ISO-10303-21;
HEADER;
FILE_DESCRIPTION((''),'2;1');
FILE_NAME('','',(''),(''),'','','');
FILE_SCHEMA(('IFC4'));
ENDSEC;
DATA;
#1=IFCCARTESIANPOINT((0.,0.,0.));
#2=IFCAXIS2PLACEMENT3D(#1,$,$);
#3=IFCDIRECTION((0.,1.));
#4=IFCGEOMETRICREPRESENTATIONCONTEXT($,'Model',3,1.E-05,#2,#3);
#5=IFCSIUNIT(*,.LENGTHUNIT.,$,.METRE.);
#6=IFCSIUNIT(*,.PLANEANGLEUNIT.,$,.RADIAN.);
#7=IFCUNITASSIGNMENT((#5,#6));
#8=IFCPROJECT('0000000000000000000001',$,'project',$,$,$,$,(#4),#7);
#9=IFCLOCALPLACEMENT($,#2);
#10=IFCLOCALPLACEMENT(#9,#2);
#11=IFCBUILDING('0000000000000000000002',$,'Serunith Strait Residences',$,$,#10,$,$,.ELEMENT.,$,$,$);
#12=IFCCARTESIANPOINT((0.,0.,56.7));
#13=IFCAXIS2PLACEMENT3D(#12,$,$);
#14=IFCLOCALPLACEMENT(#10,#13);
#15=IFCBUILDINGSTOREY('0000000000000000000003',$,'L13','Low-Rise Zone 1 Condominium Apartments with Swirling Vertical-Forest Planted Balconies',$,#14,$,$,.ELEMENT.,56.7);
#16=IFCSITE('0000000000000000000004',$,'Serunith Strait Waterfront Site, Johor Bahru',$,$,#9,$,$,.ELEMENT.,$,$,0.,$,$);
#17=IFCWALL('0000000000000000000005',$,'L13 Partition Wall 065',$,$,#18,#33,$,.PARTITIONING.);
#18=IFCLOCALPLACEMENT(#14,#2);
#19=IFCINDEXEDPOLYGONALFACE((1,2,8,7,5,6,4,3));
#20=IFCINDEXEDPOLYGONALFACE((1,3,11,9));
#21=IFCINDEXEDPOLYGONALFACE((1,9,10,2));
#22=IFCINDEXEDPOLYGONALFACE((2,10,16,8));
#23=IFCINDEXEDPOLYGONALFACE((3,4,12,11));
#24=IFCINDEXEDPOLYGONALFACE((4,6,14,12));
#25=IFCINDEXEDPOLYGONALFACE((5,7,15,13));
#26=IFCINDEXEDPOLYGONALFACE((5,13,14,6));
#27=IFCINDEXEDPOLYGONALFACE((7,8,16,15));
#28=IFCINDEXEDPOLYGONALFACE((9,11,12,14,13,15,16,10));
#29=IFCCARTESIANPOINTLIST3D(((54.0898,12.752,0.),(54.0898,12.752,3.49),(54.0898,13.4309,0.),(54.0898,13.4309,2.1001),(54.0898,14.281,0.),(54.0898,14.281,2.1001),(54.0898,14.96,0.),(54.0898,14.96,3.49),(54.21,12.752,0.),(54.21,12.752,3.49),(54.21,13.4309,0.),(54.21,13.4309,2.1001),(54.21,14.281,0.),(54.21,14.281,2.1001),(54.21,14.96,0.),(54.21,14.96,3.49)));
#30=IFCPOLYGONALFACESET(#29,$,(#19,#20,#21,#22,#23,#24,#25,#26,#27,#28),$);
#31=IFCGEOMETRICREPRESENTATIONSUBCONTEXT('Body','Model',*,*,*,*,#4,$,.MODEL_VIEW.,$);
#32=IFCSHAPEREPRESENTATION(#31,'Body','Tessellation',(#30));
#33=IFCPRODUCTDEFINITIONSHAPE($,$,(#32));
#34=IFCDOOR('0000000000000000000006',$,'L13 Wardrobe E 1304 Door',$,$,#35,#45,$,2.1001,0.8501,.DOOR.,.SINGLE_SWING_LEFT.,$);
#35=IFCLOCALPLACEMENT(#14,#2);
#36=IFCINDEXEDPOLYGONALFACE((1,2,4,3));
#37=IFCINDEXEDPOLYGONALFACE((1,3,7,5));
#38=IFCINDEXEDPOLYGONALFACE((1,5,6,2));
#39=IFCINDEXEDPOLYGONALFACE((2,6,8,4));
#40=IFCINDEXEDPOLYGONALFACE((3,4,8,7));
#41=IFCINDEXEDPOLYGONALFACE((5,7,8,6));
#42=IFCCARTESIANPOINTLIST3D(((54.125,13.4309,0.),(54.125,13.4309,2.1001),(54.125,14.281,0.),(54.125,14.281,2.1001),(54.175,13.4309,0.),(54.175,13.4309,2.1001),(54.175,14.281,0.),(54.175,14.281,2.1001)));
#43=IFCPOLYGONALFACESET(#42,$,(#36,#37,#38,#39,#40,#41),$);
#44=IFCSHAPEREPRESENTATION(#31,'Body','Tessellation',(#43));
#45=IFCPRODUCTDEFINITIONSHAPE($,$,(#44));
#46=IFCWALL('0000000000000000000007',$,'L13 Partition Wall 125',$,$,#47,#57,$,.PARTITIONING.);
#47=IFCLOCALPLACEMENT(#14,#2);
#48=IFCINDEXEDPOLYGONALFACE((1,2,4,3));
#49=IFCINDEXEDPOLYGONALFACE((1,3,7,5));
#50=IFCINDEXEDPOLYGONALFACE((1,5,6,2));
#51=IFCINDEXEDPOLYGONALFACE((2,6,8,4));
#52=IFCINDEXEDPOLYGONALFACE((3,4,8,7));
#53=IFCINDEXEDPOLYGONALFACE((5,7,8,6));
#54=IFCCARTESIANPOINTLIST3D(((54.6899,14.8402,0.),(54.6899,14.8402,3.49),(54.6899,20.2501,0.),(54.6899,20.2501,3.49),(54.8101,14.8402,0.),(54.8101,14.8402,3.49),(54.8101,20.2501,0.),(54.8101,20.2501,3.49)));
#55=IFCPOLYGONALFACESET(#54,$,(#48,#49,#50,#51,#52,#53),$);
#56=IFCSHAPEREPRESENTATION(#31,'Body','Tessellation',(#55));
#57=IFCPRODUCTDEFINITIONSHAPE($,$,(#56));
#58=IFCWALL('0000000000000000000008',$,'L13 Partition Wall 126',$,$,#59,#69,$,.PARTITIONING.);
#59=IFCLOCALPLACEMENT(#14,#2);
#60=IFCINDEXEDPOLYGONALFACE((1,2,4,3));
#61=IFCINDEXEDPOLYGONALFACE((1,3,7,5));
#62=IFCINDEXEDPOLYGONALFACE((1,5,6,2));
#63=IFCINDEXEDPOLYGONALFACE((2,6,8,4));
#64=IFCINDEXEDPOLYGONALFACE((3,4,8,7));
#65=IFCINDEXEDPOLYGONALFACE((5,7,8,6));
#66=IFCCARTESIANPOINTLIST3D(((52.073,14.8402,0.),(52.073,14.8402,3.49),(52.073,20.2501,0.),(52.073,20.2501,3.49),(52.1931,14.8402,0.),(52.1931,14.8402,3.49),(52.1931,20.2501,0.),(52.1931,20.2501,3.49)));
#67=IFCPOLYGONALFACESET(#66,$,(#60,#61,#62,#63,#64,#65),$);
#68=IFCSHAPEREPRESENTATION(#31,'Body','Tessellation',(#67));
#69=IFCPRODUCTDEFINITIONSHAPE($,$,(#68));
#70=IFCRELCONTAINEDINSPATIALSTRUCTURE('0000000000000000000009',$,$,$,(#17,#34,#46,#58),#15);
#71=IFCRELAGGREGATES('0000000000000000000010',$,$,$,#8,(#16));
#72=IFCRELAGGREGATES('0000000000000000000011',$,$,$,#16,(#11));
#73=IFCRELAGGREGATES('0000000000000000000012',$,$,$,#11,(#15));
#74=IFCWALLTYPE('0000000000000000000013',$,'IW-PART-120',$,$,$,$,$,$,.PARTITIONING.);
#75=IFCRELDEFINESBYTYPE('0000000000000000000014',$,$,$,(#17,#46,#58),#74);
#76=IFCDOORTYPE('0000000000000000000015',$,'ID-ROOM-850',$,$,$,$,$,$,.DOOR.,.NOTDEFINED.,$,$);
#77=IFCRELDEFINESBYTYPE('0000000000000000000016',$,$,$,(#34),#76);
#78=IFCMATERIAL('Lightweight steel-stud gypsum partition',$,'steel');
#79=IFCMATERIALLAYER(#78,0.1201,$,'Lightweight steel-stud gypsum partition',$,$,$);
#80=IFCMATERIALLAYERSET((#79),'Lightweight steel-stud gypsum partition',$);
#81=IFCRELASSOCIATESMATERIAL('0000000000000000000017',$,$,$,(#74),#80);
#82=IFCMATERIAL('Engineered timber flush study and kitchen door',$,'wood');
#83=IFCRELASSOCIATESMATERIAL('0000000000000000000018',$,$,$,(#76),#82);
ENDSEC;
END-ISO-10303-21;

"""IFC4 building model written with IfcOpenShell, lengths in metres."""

from ifc_helpers import new_model, si_unit, direction, frame, frame_2d, origin, place, context, subcontext, project, spatial, rectangle, extrude, source, transform, mapped, material, layer, layer_set, type_object, element, fill, save


model = new_model("IFC4")

# Units and contexts
model_context = context("Model", 3, precision=1e-05, world=origin(), true_north=direction((0.0, 1.0)))
body_context = subcontext(model_context, "Body", "Model", "MODEL_VIEW")
ifc_project = project(units=[si_unit("LENGTHUNIT", "METRE"), si_unit("PLANEANGLEUNIT", "RADIAN")], contexts=[model_context])

# Site, building, storey
site_placement = place(None, origin())
site = spatial("IfcSite", under=ifc_project, at=site_placement, Name="Serunith Strait Waterfront Site, Johor Bahru", CompositionType="ELEMENT", RefElevation=0.0)
building_placement = place(site_placement, origin())
building = spatial("IfcBuilding", under=site, at=building_placement, Name="Serunith Strait Residences", CompositionType="ELEMENT")
storey_placement = place(building_placement, frame((0.0, 0.0, 56.7)))
storey = spatial("IfcBuildingStorey", under=building, at=storey_placement, Name="L13", Description="Low-Rise Zone 1 Condominium Apartments with Swirling Vertical-Forest Planted Balconies", CompositionType="ELEMENT", Elevation=56.7)

# Shared definitions
ifc_material_1 = material(Name="Lightweight steel-stud gypsum partition", Category="steel")
ifc_layer_1 = layer(ifc_material_1, 0.1201, Name="Lightweight steel-stud gypsum partition")
ifc_layer_set_1 = layer_set([ifc_layer_1], Name="Lightweight steel-stud gypsum partition")
wall_type = type_object("IfcWallType", Name="IW-PART-120", PredefinedType="PARTITIONING", material=ifc_layer_set_1)
shared_shape_1 = source(origin(), body_context, "Body", "SweptSolid", [
    extrude(rectangle(XDim=0.8501, YDim=2.1001, at=frame_2d((0.425, 1.05))), frame((0.0, 0.0249, 0.0), z_axis=(0.0, -1.0, 0.0), x_axis=(1.0, 0.0, 0.0)), (0.0, 0.0, 1.0), 0.05),
])
ifc_material_2 = material(Name="Engineered timber flush study and kitchen door", Category="wood")
door_type_1 = type_object("IfcDoorType", Name="ID-ROOM-850", OperationType="NOTDEFINED", PredefinedType="DOOR", material=ifc_material_2)

# Wall, opening, door
wall_1_placement = place(storey_placement, frame((54.1499, 12.752, 0.0), z_axis=(0.0, 0.0, 1.0), x_axis=(0.0, 1.0, 0.0)))
wall_1 = element("IfcWall", 1, at=wall_1_placement, inside=storey, type_object=wall_type, Name="L13 Partition Wall 065", PredefinedType="PARTITIONING", context=body_context, shape_type="SweptSolid", body=[
    extrude(rectangle(XDim=2.208, YDim=0.1201, at=frame_2d((1.104, 0.0))), origin(), (0.0, 0.0, 1.0), 3.49),
])
opening_1_placement = place(wall_1_placement, frame((0.679, 0.0, 0.0)))
opening_1 = element("IfcOpeningElement", 2, at=opening_1_placement, cuts=wall_1, PredefinedType="OPENING", context=body_context, shape_type="SweptSolid", body=[
    extrude(rectangle(XDim=0.8501, YDim=2.1001, at=frame_2d((0.425, 1.05))), frame((0.0, 0.0701, 0.0), z_axis=(0.0, -1.0, 0.0), x_axis=(1.0, 0.0, 0.0)), (0.0, 0.0, 1.0), 0.1401),
])
door_1_placement = place(opening_1_placement, origin())
door_1 = element("IfcDoor", 3, at=door_1_placement, inside=storey, type_object=door_type_1, Name="L13 Wardrobe E 1304 Door", OperationType="SINGLE_SWING_LEFT", OverallHeight=2.1001, OverallWidth=0.8501, PredefinedType="DOOR", context=body_context, shape_type="MappedRepresentation", body=[
    mapped(shared_shape_1, transform((0.0, 0.0, 0.0), scale=1.0)),
])
fill(opening_1, door_1)

# Walls
for number, where, z_axis, x_axis, name in (
    (4, (54.75, 14.8401, 0.0), (0.0, 0.0, 1.0), (0.0, 1.0, 0.0), "L13 Partition Wall 125"),
    (5, (52.1331, 14.8401, 0.0), (0.0, 0.0, 1.0), (0.0, 1.0, 0.0), "L13 Partition Wall 126"),
):
    element("IfcWall", number, at=place(storey_placement, frame(where, z_axis=z_axis, x_axis=x_axis)), inside=storey, type_object=wall_type, Name=name, PredefinedType="PARTITIONING", context=body_context, shape_type="SweptSolid", body=[
        extrude(rectangle(XDim=5.4099, YDim=0.1201, at=frame_2d((2.7051, 0.0))), origin(), (0.0, 0.0, 1.0), 3.49),
    ])

save(model, "model.ifc")
